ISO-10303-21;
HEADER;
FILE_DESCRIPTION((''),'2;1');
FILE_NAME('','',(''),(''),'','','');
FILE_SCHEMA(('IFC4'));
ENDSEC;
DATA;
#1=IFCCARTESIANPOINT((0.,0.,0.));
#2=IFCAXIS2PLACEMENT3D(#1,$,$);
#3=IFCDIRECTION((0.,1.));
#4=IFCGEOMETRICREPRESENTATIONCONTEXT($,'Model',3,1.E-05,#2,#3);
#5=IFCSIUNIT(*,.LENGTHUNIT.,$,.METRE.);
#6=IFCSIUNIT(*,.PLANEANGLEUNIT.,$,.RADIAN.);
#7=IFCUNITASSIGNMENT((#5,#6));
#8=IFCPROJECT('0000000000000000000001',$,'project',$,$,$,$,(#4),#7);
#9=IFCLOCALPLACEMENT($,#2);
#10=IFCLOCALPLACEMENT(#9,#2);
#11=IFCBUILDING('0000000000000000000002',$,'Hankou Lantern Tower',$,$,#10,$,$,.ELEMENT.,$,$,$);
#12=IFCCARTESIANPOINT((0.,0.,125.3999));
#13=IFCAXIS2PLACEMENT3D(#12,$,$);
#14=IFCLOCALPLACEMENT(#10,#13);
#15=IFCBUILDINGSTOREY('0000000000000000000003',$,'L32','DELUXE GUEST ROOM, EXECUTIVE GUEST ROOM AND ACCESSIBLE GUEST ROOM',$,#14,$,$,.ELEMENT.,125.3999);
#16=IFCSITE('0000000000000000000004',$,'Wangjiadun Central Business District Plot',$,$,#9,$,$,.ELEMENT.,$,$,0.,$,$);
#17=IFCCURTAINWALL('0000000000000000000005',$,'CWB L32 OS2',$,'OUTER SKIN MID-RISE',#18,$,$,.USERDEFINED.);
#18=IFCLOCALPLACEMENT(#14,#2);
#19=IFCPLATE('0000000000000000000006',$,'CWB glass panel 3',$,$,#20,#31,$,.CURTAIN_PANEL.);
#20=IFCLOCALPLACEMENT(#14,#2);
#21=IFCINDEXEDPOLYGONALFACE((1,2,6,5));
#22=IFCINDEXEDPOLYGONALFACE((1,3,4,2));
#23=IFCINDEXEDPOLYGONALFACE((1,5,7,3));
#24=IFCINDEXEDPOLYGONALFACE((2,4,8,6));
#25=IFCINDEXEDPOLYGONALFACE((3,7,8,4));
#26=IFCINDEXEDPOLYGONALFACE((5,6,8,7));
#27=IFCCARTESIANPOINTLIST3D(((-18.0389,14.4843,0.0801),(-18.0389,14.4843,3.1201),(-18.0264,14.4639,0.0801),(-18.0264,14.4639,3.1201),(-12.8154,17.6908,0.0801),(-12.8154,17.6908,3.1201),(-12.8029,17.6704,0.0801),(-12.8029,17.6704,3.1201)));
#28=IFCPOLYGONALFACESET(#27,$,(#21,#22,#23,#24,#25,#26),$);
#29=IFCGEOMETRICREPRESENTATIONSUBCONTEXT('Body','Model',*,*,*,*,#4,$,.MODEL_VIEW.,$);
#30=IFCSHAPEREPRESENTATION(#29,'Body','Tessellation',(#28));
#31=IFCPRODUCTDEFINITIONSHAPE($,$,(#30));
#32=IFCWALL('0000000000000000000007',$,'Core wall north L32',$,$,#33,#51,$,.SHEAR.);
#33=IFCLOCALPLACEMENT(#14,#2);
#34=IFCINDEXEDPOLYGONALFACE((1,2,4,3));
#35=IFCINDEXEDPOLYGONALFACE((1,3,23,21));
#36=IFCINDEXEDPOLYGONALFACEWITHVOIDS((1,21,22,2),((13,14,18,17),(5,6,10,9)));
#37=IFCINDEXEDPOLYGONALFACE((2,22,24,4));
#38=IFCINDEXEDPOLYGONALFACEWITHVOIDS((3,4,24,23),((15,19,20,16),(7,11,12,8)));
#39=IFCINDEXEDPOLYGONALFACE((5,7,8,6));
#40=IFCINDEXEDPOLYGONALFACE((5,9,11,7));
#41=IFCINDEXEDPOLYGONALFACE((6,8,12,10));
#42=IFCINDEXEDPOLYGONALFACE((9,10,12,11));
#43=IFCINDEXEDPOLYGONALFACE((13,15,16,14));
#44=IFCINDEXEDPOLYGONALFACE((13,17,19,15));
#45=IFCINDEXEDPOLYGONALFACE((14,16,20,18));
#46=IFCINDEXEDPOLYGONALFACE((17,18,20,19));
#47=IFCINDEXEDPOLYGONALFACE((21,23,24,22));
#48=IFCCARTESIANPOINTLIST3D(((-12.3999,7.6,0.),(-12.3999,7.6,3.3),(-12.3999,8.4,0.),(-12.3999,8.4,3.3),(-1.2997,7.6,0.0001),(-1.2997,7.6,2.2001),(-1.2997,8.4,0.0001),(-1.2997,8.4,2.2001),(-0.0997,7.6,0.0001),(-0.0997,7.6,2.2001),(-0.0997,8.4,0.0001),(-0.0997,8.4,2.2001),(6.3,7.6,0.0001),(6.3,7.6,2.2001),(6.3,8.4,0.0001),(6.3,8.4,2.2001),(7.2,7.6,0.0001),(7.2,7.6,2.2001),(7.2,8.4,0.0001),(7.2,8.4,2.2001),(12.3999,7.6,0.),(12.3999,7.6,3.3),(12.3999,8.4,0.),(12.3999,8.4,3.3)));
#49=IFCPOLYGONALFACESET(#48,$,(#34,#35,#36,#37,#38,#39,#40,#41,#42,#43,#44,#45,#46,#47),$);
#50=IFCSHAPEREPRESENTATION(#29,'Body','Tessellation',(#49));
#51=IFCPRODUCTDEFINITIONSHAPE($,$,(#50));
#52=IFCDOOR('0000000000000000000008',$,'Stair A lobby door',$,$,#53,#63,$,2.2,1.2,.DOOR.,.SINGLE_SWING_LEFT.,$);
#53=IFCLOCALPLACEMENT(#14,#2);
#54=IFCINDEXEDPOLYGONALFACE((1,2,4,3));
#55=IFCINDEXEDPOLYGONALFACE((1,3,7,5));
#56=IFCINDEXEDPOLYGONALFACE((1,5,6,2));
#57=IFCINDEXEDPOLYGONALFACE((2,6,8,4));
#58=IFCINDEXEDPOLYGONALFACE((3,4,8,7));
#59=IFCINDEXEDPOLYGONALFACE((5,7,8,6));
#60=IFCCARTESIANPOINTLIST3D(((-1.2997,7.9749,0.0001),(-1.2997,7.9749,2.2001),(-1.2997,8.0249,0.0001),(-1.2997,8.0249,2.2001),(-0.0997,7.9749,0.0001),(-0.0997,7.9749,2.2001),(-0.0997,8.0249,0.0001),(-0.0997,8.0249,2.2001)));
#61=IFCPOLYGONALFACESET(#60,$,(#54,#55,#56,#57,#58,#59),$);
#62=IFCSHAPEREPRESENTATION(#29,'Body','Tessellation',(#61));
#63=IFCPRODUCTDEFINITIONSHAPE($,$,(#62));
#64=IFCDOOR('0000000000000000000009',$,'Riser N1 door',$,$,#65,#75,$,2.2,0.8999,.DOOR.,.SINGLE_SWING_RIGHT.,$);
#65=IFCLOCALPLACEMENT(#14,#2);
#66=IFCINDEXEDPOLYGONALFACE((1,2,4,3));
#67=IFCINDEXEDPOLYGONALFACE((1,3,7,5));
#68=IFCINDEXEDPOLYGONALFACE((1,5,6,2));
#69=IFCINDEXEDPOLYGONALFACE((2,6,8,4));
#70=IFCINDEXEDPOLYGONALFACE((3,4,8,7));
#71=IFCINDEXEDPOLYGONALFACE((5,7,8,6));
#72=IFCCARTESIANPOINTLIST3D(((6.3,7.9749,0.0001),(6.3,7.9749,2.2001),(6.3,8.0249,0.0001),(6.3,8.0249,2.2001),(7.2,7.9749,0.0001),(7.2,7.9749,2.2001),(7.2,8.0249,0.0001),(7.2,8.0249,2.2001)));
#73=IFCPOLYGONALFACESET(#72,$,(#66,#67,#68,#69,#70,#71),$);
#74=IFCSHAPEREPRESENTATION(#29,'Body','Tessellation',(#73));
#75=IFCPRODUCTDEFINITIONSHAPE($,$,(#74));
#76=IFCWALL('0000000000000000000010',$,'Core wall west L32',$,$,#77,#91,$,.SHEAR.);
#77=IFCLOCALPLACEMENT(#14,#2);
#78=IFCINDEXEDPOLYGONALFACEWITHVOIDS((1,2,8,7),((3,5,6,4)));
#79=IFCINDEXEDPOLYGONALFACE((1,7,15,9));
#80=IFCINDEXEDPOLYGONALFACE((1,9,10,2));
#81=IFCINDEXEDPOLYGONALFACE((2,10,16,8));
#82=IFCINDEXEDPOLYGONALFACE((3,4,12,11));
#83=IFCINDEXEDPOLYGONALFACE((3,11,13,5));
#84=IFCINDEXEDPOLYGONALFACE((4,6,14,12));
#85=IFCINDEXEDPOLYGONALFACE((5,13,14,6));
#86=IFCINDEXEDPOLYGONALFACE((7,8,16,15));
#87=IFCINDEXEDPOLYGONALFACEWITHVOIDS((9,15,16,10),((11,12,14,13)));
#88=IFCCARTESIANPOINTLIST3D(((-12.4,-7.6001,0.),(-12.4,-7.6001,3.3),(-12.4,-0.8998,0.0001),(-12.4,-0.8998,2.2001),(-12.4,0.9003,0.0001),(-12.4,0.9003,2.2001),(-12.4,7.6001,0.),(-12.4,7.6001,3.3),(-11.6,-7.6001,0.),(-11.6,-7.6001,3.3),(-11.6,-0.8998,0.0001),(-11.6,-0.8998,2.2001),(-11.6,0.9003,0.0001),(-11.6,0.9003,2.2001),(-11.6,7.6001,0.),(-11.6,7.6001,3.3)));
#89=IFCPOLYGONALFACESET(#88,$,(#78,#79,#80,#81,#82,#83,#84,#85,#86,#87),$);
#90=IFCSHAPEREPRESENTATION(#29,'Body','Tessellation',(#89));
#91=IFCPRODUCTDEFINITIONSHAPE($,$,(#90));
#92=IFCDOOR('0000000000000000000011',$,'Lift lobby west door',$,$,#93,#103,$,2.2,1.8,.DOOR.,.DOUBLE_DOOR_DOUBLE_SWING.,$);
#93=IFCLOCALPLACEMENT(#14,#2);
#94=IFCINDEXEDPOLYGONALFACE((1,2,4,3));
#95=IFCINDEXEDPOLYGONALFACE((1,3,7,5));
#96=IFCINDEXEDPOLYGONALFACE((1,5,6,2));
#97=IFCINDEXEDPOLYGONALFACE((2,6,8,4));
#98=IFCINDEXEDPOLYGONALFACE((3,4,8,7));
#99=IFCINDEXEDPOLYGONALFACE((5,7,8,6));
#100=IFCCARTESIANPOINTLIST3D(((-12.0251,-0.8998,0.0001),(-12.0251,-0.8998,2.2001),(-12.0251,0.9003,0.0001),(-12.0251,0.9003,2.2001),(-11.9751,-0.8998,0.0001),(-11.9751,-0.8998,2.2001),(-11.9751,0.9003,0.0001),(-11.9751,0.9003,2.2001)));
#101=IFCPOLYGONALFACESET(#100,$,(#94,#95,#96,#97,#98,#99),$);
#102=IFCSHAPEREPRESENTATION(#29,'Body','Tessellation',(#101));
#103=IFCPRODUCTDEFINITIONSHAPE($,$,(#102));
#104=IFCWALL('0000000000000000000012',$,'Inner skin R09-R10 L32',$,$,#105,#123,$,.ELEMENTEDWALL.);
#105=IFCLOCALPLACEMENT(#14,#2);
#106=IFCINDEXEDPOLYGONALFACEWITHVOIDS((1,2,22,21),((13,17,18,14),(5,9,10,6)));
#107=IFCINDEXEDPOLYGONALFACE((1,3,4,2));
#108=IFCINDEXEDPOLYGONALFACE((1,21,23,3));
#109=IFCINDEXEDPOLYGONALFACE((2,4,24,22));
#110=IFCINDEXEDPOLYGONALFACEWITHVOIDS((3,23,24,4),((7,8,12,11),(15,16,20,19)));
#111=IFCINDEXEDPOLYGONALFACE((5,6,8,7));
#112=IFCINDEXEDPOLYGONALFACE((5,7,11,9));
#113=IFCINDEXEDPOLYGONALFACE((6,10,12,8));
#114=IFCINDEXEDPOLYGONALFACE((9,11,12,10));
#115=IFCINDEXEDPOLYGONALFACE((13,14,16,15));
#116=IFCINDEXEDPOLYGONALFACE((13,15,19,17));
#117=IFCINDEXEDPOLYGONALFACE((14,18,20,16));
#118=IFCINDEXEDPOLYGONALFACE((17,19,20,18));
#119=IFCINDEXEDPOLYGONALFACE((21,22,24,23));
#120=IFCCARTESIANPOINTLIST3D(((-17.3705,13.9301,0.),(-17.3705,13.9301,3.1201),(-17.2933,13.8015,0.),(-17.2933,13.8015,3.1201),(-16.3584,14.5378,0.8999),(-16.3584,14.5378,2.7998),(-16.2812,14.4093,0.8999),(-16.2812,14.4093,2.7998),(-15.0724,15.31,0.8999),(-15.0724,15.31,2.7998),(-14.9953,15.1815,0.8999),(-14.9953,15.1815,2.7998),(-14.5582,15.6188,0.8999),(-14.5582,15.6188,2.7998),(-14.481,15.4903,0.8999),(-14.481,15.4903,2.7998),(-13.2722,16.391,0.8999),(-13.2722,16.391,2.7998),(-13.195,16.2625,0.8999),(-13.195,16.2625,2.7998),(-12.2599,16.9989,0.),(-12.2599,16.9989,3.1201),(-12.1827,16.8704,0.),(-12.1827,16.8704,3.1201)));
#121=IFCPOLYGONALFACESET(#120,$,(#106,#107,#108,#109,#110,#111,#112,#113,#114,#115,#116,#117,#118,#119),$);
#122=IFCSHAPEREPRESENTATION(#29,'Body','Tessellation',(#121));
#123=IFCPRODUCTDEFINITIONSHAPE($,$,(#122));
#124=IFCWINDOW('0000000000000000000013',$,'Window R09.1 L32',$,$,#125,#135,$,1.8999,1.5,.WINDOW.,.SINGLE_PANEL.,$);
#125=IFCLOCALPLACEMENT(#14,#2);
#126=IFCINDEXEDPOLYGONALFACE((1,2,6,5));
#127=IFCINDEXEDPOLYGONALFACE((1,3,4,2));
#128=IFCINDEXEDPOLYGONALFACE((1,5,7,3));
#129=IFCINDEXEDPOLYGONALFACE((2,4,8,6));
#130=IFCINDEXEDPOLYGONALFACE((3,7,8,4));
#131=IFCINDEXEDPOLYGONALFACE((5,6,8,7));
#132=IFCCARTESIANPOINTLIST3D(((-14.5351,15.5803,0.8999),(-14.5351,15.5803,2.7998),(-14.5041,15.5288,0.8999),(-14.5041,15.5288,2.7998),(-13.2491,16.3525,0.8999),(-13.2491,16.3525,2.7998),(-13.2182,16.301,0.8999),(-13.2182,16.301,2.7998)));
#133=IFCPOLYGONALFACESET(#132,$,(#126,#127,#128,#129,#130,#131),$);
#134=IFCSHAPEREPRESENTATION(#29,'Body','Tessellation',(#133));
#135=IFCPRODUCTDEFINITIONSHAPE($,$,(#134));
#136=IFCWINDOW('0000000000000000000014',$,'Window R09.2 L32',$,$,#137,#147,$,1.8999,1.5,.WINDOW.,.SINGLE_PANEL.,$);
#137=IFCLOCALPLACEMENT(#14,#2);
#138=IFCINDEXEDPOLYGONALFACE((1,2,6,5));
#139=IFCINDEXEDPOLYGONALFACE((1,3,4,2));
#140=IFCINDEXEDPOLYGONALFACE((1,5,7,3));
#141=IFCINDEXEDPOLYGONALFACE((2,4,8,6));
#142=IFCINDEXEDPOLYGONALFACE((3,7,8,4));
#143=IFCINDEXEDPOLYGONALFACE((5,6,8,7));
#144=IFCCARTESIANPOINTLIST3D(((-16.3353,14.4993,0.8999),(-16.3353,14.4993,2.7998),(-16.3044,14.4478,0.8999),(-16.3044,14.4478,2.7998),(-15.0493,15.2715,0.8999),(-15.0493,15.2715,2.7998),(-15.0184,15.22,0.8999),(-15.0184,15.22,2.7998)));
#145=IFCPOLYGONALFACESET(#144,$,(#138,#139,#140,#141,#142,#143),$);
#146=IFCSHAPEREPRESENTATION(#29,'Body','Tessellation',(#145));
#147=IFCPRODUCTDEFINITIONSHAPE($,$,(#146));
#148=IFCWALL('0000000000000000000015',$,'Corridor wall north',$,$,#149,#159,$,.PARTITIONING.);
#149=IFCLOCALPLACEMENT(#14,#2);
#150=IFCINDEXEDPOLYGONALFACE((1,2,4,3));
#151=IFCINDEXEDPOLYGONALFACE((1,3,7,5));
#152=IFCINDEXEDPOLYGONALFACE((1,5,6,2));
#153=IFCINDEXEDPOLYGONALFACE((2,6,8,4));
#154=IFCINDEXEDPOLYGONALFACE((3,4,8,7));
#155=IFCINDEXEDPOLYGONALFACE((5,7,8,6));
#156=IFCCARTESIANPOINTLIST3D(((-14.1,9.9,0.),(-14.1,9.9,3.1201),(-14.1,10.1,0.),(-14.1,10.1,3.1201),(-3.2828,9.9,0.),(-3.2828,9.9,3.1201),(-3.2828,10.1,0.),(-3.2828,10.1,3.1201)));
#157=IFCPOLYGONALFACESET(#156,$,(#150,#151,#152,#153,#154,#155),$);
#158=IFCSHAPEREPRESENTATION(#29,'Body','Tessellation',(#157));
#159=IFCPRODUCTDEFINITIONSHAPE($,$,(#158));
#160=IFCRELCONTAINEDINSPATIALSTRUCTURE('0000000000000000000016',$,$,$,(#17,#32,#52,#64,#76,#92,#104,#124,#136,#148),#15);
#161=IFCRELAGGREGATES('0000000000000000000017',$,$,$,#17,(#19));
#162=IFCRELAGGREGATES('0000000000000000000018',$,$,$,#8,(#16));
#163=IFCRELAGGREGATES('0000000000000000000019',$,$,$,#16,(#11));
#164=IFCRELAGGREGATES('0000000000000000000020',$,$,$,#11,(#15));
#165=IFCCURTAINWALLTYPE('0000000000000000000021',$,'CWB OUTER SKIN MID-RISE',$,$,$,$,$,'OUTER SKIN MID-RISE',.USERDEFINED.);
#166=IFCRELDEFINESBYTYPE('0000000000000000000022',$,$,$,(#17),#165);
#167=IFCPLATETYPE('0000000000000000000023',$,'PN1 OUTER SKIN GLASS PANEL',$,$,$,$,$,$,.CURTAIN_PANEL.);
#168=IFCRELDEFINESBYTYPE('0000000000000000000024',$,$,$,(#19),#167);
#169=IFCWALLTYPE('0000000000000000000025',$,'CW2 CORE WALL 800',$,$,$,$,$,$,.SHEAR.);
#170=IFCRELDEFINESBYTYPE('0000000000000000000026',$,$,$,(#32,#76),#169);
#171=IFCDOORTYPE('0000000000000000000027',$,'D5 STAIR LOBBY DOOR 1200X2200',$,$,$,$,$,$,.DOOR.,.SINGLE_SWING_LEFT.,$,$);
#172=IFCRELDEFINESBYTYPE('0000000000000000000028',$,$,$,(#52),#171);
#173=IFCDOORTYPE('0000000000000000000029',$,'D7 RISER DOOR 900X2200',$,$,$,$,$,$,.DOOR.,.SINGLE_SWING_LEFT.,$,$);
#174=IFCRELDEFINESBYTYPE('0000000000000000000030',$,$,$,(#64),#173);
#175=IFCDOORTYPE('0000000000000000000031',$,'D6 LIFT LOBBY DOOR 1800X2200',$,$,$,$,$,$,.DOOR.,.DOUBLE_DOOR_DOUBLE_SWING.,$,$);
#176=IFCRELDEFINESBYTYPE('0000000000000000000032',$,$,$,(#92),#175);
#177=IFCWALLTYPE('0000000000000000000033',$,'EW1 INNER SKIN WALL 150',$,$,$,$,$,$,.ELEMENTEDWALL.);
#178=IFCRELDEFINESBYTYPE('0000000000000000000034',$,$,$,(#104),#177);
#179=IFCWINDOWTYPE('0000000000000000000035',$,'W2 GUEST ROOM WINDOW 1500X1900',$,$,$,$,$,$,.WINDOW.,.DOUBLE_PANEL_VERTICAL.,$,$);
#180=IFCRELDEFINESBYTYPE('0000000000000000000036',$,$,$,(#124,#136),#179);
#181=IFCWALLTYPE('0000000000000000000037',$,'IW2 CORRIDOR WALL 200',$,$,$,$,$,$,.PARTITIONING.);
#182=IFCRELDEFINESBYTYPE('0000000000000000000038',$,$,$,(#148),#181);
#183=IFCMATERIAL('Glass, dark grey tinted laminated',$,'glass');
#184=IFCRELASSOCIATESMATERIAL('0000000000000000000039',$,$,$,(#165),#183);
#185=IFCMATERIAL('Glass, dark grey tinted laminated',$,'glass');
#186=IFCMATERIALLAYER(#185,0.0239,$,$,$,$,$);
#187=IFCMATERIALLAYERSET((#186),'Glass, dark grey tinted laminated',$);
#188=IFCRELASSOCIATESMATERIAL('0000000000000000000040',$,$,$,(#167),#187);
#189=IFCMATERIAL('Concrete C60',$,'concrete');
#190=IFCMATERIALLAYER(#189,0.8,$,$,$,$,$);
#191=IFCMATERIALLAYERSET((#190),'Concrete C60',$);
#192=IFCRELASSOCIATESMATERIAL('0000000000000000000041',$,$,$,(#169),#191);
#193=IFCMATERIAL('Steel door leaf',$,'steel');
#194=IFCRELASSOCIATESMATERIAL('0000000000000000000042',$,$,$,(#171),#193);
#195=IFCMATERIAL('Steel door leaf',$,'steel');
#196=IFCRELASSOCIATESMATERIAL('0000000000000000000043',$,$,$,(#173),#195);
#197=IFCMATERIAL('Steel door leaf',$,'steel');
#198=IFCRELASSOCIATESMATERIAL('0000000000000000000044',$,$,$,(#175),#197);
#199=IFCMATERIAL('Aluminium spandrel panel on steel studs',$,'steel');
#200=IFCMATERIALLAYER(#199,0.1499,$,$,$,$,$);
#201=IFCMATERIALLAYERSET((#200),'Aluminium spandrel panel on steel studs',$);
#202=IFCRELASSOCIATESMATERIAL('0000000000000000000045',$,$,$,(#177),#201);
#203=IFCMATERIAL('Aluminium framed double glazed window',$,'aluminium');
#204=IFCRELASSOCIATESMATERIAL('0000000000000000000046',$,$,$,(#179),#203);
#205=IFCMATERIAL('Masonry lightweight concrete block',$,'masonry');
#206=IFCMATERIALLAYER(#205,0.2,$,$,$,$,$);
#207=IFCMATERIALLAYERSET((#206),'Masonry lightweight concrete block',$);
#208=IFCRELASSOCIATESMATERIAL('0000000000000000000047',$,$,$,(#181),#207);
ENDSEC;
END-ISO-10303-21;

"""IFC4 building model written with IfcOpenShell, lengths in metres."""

from ifc_helpers import new_model, si_unit, direction, frame, frame_2d, origin, origin_2d, place, context, subcontext, project, spatial, rectangle, extrude, material, layer, layer_set, type_object, element, fill, aggregate, save


model = new_model("IFC4")

# Units and contexts
model_context = context("Model", 3, precision=1e-05, world=origin(), true_north=direction((0.0, 1.0)))
body_context = subcontext(model_context, "Body", "Model", "MODEL_VIEW")
ifc_project = project(units=[si_unit("LENGTHUNIT", "METRE"), si_unit("PLANEANGLEUNIT", "RADIAN")], contexts=[model_context])

# Site, building, storey
site_placement = place(None, origin())
site = spatial("IfcSite", under=ifc_project, at=site_placement, Name="Wangjiadun Central Business District Plot", CompositionType="ELEMENT", RefElevation=0.0)
building_placement = place(site_placement, origin())
building = spatial("IfcBuilding", under=site, at=building_placement, Name="Hankou Lantern Tower", CompositionType="ELEMENT")
storey_placement = place(building_placement, frame((0.0, 0.0, 125.3999)))
storey = spatial("IfcBuildingStorey", under=building, at=storey_placement, Name="L32", Description="DELUXE GUEST ROOM, EXECUTIVE GUEST ROOM AND ACCESSIBLE GUEST ROOM", CompositionType="ELEMENT", Elevation=125.3999)

# Curtain wall
ifc_material_1 = material(Name="Glass, dark grey tinted laminated", Category="glass")
curtain_wall_type = type_object("IfcCurtainWallType", Name="CWB OUTER SKIN MID-RISE", ElementType="OUTER SKIN MID-RISE", PredefinedType="USERDEFINED", material=ifc_material_1)
curtain_wall_placement = place(storey_placement, origin())
curtain_wall = element("IfcCurtainWall", 1, at=curtain_wall_placement, inside=storey, type_object=curtain_wall_type, Name="CWB L32 OS2", ObjectType="OUTER SKIN MID-RISE", PredefinedType="USERDEFINED")

# Plate
ifc_material_2 = material(Name="Glass, dark grey tinted laminated", Category="glass")
ifc_layer_1 = layer(ifc_material_2, 0.0239)
ifc_layer_set_1 = layer_set([ifc_layer_1], Name="Glass, dark grey tinted laminated")
plate_type = type_object("IfcPlateType", Name="PN1 OUTER SKIN GLASS PANEL", PredefinedType="CURTAIN_PANEL", material=ifc_layer_set_1)
plate_placement = place(storey_placement, frame((-15.4209, 16.0774, 0.0801), z_axis=(0.0, 0.0, 1.0), x_axis=(-0.852237, -0.523156, 0.0)))
plate = element("IfcPlate", 2, at=plate_placement, type_object=plate_type, Name="CWB glass panel 3", PredefinedType="CURTAIN_PANEL", context=body_context, shape_type="SweptSolid", body=[
    extrude(rectangle(XDim=6.1292, YDim=0.0239, at=origin_2d()), origin(), (0.0, 0.0, 1.0), 3.04),
])
aggregate(curtain_wall, [plate])

# Wall, openings, doors
ifc_material_3 = material(Name="Concrete C60", Category="concrete")
ifc_layer_2 = layer(ifc_material_3, 0.8)
ifc_layer_set_2 = layer_set([ifc_layer_2], Name="Concrete C60")
wall_type_1 = type_object("IfcWallType", Name="CW2 CORE WALL 800", PredefinedType="SHEAR", material=ifc_layer_set_2)
wall_1_placement = place(storey_placement, frame((-12.3999, 8.0, 0.0), z_axis=(0.0, 0.0, 1.0), x_axis=(1.0, 0.0, 0.0)))
wall_1 = element("IfcWall", 3, at=wall_1_placement, inside=storey, type_object=wall_type_1, Name="Core wall north L32", PredefinedType="SHEAR", context=body_context, shape_type="SweptSolid", body=[
    extrude(rectangle(XDim=24.7998, YDim=0.8, at=frame_2d((12.3999, 0.0))), origin(), (0.0, 0.0, 1.0), 3.3),
])
opening_1_placement = place(wall_1_placement, frame((11.1001, 0.0, 0.0)))
opening_1 = element("IfcOpeningElement", 4, at=opening_1_placement, cuts=wall_1, PredefinedType="OPENING", context=body_context, shape_type="SweptSolid", body=[
    extrude(rectangle(XDim=1.2, YDim=2.2, at=frame_2d((0.6001, 1.1001))), frame((0.0, 0.4099, 0.0), z_axis=(0.0, -1.0, 0.0), x_axis=(1.0, 0.0, 0.0)), (0.0, 0.0, 1.0), 0.8201),
])
opening_2_placement = place(wall_1_placement, frame((18.7, 0.0, 0.0)))
opening_2 = element("IfcOpeningElement", 5, at=opening_2_placement, cuts=wall_1, PredefinedType="OPENING", context=body_context, shape_type="SweptSolid", body=[
    extrude(rectangle(XDim=0.8999, YDim=2.2, at=frame_2d((0.45, 1.1001))), frame((0.0, 0.4099, 0.0), z_axis=(0.0, -1.0, 0.0), x_axis=(1.0, 0.0, 0.0)), (0.0, 0.0, 1.0), 0.8201),
])
ifc_material_4 = material(Name="Steel door leaf", Category="steel")
door_type_1 = type_object("IfcDoorType", Name="D5 STAIR LOBBY DOOR 1200X2200", OperationType="SINGLE_SWING_LEFT", PredefinedType="DOOR", material=ifc_material_4)
door_1_placement = place(opening_1_placement, origin())
door_1 = element("IfcDoor", 6, at=door_1_placement, inside=storey, type_object=door_type_1, Name="Stair A lobby door", OperationType="SINGLE_SWING_LEFT", OverallHeight=2.2, OverallWidth=1.2, PredefinedType="DOOR", context=body_context, shape_type="SweptSolid", body=[
    extrude(rectangle(XDim=1.2, YDim=2.2, at=frame_2d((0.6001, 1.1001))), frame((0.0, 0.0249, 0.0), z_axis=(0.0, -1.0, 0.0), x_axis=(1.0, 0.0, 0.0)), (0.0, 0.0, 1.0), 0.05),
])
fill(opening_1, door_1)
ifc_material_5 = material(Name="Steel door leaf", Category="steel")
door_type_2 = type_object("IfcDoorType", Name="D7 RISER DOOR 900X2200", OperationType="SINGLE_SWING_LEFT", PredefinedType="DOOR", material=ifc_material_5)
door_2_placement = place(opening_2_placement, origin())
door_2 = element("IfcDoor", 7, at=door_2_placement, inside=storey, type_object=door_type_2, Name="Riser N1 door", OperationType="SINGLE_SWING_RIGHT", OverallHeight=2.2, OverallWidth=0.8999, PredefinedType="DOOR", context=body_context, shape_type="SweptSolid", body=[
    extrude(rectangle(XDim=0.8999, YDim=2.2, at=frame_2d((0.45, 1.1001))), frame((0.0, 0.0249, 0.0), z_axis=(0.0, -1.0, 0.0), x_axis=(1.0, 0.0, 0.0)), (0.0, 0.0, 1.0), 0.05),
])
fill(opening_2, door_2)

# Wall, opening, door
wall_2_placement = place(storey_placement, frame((-12.0, 7.6001, 0.0), z_axis=(0.0, 0.0, 1.0), x_axis=(0.0, -1.0, 0.0)))
wall_2 = element("IfcWall", 8, at=wall_2_placement, inside=storey, type_object=wall_type_1, Name="Core wall west L32", PredefinedType="SHEAR", context=body_context, shape_type="SweptSolid", body=[
    extrude(rectangle(XDim=15.2002, YDim=0.8, at=frame_2d((7.6001, 0.0))), origin(), (0.0, 0.0, 1.0), 3.3),
])
opening_3_placement = place(wall_2_placement, frame((6.7, 0.0, 0.0)))
opening_3 = element("IfcOpeningElement", 9, at=opening_3_placement, cuts=wall_2, PredefinedType="OPENING", context=body_context, shape_type="SweptSolid", body=[
    extrude(rectangle(XDim=1.8, YDim=2.2, at=frame_2d((0.8999, 1.1001))), frame((0.0, 0.4099, 0.0), z_axis=(0.0, -1.0, 0.0), x_axis=(1.0, 0.0, 0.0)), (0.0, 0.0, 1.0), 0.8201),
])
ifc_material_6 = material(Name="Steel door leaf", Category="steel")
door_type_3 = type_object("IfcDoorType", Name="D6 LIFT LOBBY DOOR 1800X2200", OperationType="DOUBLE_DOOR_DOUBLE_SWING", PredefinedType="DOOR", material=ifc_material_6)
door_3_placement = place(opening_3_placement, origin())
door_3 = element("IfcDoor", 10, at=door_3_placement, inside=storey, type_object=door_type_3, Name="Lift lobby west door", OperationType="DOUBLE_DOOR_DOUBLE_SWING", OverallHeight=2.2, OverallWidth=1.8, PredefinedType="DOOR", context=body_context, shape_type="SweptSolid", body=[
    extrude(rectangle(XDim=1.8, YDim=2.2, at=frame_2d((0.8999, 1.1001))), frame((0.0, 0.0249, 0.0), z_axis=(0.0, -1.0, 0.0), x_axis=(1.0, 0.0, 0.0)), (0.0, 0.0, 1.0), 0.05),
])
fill(opening_3, door_3)

# Wall, openings, windows
ifc_material_7 = material(Name="Aluminium spandrel panel on steel studs", Category="steel")
ifc_layer_3 = layer(ifc_material_7, 0.1499)
ifc_layer_set_3 = layer_set([ifc_layer_3], Name="Aluminium spandrel panel on steel studs")
wall_type_2 = type_object("IfcWallType", Name="EW1 INNER SKIN WALL 150", PredefinedType="ELEMENTEDWALL", material=ifc_layer_set_3)
wall_3_placement = place(storey_placement, frame((-12.2214, 16.9346, 0.0), z_axis=(0.0, 0.0, 1.0), x_axis=(-0.857309, -0.514803, 0.0)))
wall_3 = element("IfcWall", 11, at=wall_3_placement, inside=storey, type_object=wall_type_2, Name="Inner skin R09-R10 L32", PredefinedType="ELEMENTEDWALL", context=body_context, shape_type="SweptSolid", body=[
    extrude(rectangle(XDim=5.9612, YDim=0.1499, at=frame_2d((2.9805, 0.0))), origin(), (0.0, 0.0, 1.0), 3.1201),
])
opening_4_placement = place(wall_3_placement, frame((1.1807, 0.0, 0.8999)))
opening_4 = element("IfcOpeningElement", 12, at=opening_4_placement, cuts=wall_3, PredefinedType="OPENING", context=body_context, shape_type="SweptSolid", body=[
    extrude(rectangle(XDim=1.5, YDim=1.8999, at=frame_2d((0.75, 0.95))), frame((0.0, 0.085, 0.0), z_axis=(0.0, -1.0, 0.0), x_axis=(1.0, 0.0, 0.0)), (0.0, 0.0, 1.0), 0.1699),
])
opening_5_placement = place(wall_3_placement, frame((3.2805, 0.0, 0.8999)))
opening_5 = element("IfcOpeningElement", 13, at=opening_5_placement, cuts=wall_3, PredefinedType="OPENING", context=body_context, shape_type="SweptSolid", body=[
    extrude(rectangle(XDim=1.5, YDim=1.8999, at=frame_2d((0.75, 0.95))), frame((0.0, 0.085, 0.0), z_axis=(0.0, -1.0, 0.0), x_axis=(1.0, 0.0, 0.0)), (0.0, 0.0, 1.0), 0.1699),
])
ifc_material_8 = material(Name="Aluminium framed double glazed window", Category="aluminium")
window_type = type_object("IfcWindowType", Name="W2 GUEST ROOM WINDOW 1500X1900", PartitioningType="DOUBLE_PANEL_VERTICAL", PredefinedType="WINDOW", material=ifc_material_8)
window_1_placement = place(opening_4_placement, origin())
window_1 = element("IfcWindow", 14, at=window_1_placement, inside=storey, type_object=window_type, Name="Window R09.1 L32", OverallHeight=1.8999, OverallWidth=1.5, PartitioningType="SINGLE_PANEL", PredefinedType="WINDOW", context=body_context, shape_type="SweptSolid", body=[
    extrude(rectangle(XDim=1.5, YDim=1.8999, at=frame_2d((0.75, 0.95))), frame((0.0, 0.03, 0.0), z_axis=(0.0, -1.0, 0.0), x_axis=(1.0, 0.0, 0.0)), (0.0, 0.0, 1.0), 0.0601),
])
fill(opening_4, window_1)
window_2_placement = place(opening_5_placement, origin())
window_2 = element("IfcWindow", 15, at=window_2_placement, inside=storey, type_object=window_type, Name="Window R09.2 L32", OverallHeight=1.8999, OverallWidth=1.5, PartitioningType="SINGLE_PANEL", PredefinedType="WINDOW", context=body_context, shape_type="SweptSolid", body=[
    extrude(rectangle(XDim=1.5, YDim=1.8999, at=frame_2d((0.75, 0.95))), frame((0.0, 0.03, 0.0), z_axis=(0.0, -1.0, 0.0), x_axis=(1.0, 0.0, 0.0)), (0.0, 0.0, 1.0), 0.0601),
])
fill(opening_5, window_2)

# Wall
ifc_material_9 = material(Name="Masonry lightweight concrete block", Category="masonry")
ifc_layer_4 = layer(ifc_material_9, 0.2)
ifc_layer_set_4 = layer_set([ifc_layer_4], Name="Masonry lightweight concrete block")
wall_type_3 = type_object("IfcWallType", Name="IW2 CORRIDOR WALL 200", PredefinedType="PARTITIONING", material=ifc_layer_set_4)
wall_4_placement = place(storey_placement, frame((-14.1001, 10.0, 0.0), z_axis=(0.0, 0.0, 1.0), x_axis=(1.0, 0.0, 0.0)))
element("IfcWall", 16, at=wall_4_placement, inside=storey, type_object=wall_type_3, Name="Corridor wall north", PredefinedType="PARTITIONING", context=body_context, shape_type="SweptSolid", body=[
    extrude(rectangle(XDim=10.8171, YDim=0.2, at=frame_2d((5.4087, 0.0))), origin(), (0.0, 0.0, 1.0), 3.1201),
])

save(model, "model.ifc")
